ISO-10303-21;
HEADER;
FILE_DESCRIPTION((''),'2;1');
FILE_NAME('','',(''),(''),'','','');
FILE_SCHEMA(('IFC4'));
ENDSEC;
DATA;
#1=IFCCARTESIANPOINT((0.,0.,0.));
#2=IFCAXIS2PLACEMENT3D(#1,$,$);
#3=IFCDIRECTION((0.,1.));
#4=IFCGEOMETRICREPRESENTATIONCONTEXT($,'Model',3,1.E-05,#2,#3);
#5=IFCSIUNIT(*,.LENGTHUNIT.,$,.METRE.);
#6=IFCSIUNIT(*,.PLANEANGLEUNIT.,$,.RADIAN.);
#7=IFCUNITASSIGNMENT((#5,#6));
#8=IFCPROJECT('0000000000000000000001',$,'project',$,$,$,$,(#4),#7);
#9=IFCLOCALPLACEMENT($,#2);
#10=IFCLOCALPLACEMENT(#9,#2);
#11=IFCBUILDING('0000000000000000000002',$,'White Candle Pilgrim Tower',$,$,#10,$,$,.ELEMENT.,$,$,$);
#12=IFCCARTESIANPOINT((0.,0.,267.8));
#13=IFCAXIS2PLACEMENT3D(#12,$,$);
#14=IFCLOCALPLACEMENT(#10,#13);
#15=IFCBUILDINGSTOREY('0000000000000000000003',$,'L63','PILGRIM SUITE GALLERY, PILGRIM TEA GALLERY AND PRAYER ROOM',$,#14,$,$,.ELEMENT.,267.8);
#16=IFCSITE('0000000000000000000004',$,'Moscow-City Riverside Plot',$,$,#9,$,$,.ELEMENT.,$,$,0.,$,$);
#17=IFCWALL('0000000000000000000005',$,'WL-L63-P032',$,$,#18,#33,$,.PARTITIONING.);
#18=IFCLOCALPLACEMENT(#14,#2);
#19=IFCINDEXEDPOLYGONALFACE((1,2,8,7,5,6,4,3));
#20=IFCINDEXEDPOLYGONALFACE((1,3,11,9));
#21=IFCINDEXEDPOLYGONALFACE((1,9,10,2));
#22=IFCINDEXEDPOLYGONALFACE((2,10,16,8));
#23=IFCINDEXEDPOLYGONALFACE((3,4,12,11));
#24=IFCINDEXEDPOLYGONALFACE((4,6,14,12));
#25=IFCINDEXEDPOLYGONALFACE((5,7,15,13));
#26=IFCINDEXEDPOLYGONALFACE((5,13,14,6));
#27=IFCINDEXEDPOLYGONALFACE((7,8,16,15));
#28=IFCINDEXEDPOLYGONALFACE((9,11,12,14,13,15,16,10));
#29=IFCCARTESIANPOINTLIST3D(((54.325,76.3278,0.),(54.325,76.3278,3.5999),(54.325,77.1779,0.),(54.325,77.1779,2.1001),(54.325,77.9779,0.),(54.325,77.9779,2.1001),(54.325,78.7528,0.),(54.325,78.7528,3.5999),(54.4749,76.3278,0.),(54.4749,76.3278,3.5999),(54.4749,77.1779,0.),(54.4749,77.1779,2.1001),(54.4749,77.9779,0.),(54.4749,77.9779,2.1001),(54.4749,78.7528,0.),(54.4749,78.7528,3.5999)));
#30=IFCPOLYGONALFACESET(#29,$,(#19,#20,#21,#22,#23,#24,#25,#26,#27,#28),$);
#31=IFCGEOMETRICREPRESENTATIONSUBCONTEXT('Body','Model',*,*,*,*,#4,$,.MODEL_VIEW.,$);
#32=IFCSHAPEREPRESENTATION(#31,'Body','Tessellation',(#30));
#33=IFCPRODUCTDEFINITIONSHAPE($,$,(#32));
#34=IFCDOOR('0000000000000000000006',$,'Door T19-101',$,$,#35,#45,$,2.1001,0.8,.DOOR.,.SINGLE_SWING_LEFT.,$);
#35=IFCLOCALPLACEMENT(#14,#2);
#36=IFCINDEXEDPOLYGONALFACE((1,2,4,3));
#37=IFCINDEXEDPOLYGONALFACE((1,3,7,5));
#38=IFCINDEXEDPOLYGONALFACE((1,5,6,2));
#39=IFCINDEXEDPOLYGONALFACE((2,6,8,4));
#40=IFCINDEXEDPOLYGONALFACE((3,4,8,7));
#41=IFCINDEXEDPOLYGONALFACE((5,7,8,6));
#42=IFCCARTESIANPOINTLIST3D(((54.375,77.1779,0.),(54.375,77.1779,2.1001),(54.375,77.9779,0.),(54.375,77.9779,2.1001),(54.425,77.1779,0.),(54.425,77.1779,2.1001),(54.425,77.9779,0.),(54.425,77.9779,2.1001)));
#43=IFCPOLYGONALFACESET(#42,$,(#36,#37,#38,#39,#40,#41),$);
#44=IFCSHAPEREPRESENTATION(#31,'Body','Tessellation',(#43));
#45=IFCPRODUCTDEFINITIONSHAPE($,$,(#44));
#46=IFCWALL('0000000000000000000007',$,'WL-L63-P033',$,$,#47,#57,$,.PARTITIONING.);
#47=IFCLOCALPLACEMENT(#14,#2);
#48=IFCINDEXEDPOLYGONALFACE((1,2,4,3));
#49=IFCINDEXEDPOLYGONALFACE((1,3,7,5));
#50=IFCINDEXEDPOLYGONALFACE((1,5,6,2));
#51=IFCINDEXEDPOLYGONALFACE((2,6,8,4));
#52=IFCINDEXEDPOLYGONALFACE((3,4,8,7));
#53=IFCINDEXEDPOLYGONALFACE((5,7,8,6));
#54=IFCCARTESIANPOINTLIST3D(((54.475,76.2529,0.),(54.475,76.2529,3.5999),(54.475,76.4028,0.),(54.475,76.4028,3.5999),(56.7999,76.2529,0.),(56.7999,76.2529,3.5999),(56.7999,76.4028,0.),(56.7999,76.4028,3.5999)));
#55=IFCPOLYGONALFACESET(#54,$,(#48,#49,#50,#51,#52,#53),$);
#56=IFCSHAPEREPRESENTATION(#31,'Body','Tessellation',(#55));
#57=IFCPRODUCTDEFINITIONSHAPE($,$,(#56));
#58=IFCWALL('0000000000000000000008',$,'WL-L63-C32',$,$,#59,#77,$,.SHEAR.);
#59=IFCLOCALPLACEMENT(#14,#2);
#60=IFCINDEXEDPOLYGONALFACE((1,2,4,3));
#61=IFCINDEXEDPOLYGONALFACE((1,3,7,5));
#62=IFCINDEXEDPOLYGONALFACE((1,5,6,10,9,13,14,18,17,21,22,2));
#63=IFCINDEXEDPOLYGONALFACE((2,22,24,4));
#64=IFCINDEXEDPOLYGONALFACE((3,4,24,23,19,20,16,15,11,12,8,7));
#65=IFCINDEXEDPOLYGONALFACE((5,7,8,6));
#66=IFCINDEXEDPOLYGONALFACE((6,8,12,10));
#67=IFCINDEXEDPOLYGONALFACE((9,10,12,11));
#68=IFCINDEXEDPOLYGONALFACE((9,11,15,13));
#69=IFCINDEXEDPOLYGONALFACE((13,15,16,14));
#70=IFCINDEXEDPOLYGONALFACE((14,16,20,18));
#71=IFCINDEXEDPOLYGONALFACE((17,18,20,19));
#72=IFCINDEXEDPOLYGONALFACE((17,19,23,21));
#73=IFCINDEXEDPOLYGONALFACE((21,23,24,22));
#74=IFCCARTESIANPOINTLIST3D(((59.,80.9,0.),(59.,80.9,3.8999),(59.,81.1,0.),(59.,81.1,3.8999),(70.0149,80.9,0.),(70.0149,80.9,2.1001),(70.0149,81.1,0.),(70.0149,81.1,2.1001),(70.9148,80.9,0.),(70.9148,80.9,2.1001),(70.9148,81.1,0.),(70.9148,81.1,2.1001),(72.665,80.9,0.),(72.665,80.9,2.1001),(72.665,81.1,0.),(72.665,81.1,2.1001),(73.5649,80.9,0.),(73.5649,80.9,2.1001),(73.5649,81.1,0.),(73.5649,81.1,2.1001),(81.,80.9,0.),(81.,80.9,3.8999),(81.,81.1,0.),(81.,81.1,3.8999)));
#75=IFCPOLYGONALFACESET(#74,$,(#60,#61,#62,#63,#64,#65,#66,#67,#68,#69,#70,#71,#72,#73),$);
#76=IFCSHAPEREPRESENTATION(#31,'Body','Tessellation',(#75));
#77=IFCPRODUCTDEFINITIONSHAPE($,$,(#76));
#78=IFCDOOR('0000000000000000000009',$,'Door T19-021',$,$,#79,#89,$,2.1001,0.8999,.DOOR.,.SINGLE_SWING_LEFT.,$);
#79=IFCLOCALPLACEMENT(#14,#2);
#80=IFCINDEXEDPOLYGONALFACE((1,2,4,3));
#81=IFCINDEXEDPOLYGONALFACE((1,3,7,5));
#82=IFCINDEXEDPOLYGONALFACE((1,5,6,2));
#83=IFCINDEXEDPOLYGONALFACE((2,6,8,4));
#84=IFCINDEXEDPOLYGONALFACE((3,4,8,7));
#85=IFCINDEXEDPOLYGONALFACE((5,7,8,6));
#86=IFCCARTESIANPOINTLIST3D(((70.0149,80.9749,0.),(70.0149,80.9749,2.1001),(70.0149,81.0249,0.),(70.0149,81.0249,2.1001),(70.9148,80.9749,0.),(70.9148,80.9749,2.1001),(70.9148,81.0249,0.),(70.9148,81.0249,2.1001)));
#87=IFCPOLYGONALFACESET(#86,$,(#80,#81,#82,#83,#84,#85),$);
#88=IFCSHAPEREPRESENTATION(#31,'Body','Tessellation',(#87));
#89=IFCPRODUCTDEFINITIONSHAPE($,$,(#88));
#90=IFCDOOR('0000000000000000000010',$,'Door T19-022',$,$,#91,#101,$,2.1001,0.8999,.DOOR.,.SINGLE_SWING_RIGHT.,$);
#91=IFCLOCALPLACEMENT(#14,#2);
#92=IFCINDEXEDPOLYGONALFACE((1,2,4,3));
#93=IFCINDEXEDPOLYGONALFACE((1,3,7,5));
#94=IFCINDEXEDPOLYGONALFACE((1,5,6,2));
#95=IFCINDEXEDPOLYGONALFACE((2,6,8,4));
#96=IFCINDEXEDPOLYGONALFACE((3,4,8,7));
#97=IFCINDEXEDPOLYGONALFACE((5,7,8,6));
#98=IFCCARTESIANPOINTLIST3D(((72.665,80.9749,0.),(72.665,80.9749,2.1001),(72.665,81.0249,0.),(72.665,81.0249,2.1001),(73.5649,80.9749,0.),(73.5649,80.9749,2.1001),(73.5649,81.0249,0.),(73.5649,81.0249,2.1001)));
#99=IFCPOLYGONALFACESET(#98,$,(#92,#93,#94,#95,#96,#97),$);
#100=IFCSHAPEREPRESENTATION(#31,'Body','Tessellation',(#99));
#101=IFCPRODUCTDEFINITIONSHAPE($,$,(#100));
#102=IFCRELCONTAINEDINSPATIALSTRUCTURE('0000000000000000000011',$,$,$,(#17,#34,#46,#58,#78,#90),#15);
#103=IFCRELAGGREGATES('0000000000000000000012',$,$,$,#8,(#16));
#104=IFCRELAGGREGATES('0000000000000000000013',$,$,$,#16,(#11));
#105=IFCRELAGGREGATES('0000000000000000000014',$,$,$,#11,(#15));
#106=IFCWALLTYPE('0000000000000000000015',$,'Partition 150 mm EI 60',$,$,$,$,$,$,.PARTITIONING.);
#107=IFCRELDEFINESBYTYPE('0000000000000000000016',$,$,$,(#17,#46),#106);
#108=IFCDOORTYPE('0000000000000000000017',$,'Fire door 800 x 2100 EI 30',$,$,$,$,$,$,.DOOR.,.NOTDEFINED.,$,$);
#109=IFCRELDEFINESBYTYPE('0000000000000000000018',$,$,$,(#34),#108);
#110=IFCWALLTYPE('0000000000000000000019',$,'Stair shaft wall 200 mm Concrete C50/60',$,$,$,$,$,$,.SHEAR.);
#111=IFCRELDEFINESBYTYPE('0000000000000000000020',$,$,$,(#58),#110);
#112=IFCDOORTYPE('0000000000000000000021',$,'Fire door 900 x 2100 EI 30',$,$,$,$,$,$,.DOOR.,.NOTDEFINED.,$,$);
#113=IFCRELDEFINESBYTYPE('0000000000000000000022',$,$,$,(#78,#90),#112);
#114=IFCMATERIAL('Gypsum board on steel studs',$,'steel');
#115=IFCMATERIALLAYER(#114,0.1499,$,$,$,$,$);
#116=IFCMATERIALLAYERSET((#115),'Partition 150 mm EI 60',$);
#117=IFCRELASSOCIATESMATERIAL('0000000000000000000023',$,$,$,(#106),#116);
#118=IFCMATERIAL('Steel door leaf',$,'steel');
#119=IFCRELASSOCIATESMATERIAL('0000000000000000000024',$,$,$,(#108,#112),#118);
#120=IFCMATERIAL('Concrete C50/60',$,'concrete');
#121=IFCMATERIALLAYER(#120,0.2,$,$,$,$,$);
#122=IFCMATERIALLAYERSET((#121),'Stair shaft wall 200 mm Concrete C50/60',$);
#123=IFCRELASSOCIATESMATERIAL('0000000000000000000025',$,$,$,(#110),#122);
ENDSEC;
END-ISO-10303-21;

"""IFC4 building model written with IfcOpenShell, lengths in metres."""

from ifc_helpers import new_model, si_unit, direction, frame, frame_2d, origin, place, context, subcontext, project, spatial, rectangle, extrude, material, layer, layer_set, type_object, element, fill, save


model = new_model("IFC4")

# Units and contexts
model_context = context("Model", 3, precision=1e-05, world=origin(), true_north=direction((0.0, 1.0)))
body_context = subcontext(model_context, "Body", "Model", "MODEL_VIEW")
ifc_project = project(units=[si_unit("LENGTHUNIT", "METRE"), si_unit("PLANEANGLEUNIT", "RADIAN")], contexts=[model_context])

# Site, building, storey
site_placement = place(None, origin())
site = spatial("IfcSite", under=ifc_project, at=site_placement, Name="Moscow-City Riverside Plot", CompositionType="ELEMENT", RefElevation=0.0)
building_placement = place(site_placement, origin())
building = spatial("IfcBuilding", under=site, at=building_placement, Name="White Candle Pilgrim Tower", CompositionType="ELEMENT")
storey_placement = place(building_placement, frame((0.0, 0.0, 267.8)))
storey = spatial("IfcBuildingStorey", under=building, at=storey_placement, Name="L63", Description="PILGRIM SUITE GALLERY, PILGRIM TEA GALLERY AND PRAYER ROOM", CompositionType="ELEMENT", Elevation=267.8)

# Shared definitions
ifc_material_1 = material(Name="Concrete C50/60", Category="concrete")

# Shared definitions
ifc_material_2 = material(Name="Gypsum board on steel studs", Category="steel")
ifc_layer_1 = layer(ifc_material_2, 0.1499)
ifc_layer_set_1 = layer_set([ifc_layer_1], Name="Partition 150 mm EI 60")
wall_type_1 = type_object("IfcWallType", Name="Partition 150 mm EI 60", PredefinedType="PARTITIONING", material=ifc_layer_set_1)

# Wall, opening, door
wall_1_placement = place(storey_placement, frame((54.3999, 76.3279, 0.0), z_axis=(0.0, 0.0, 1.0), x_axis=(0.0, 1.0, 0.0)))
wall_1 = element("IfcWall", 1, at=wall_1_placement, inside=storey, type_object=wall_type_1, Name="WL-L63-P032", PredefinedType="PARTITIONING", context=body_context, shape_type="SweptSolid", body=[
    extrude(rectangle(XDim=2.425, YDim=0.1499, at=frame_2d((1.2124, 0.0))), origin(), (0.0, 0.0, 1.0), 3.5999),
])
opening_1_placement = place(wall_1_placement, frame((0.8501, 0.0, 0.0)))
opening_1 = element("IfcOpeningElement", 2, at=opening_1_placement, cuts=wall_1, PredefinedType="OPENING", context=body_context, shape_type="SweptSolid", body=[
    extrude(rectangle(XDim=0.8, YDim=2.1001, at=frame_2d((0.3999, 1.05))), frame((0.0, 0.085, 0.0), z_axis=(0.0, -1.0, 0.0), x_axis=(1.0, 0.0, 0.0)), (0.0, 0.0, 1.0), 0.1699),
])
ifc_material_3 = material(Name="Steel door leaf", Category="steel")
door_type_1 = type_object("IfcDoorType", Name="Fire door 800 x 2100 EI 30", OperationType="NOTDEFINED", PredefinedType="DOOR", material=ifc_material_3)
door_1_placement = place(opening_1_placement, origin())
door_1 = element("IfcDoor", 3, at=door_1_placement, inside=storey, type_object=door_type_1, Name="Door T19-101", OperationType="SINGLE_SWING_LEFT", OverallHeight=2.1001, OverallWidth=0.8, PredefinedType="DOOR", context=body_context, shape_type="SweptSolid", body=[
    extrude(rectangle(XDim=0.8, YDim=2.1001, at=frame_2d((0.3999, 1.05))), frame((0.0, 0.0249, 0.0), z_axis=(0.0, -1.0, 0.0), x_axis=(1.0, 0.0, 0.0)), (0.0, 0.0, 1.0), 0.05),
])
fill(opening_1, door_1)

# Wall
wall_2_placement = place(storey_placement, frame((56.8, 76.3279, 0.0), z_axis=(0.0, 0.0, 1.0), x_axis=(-1.0, 0.0, 0.0)))
element("IfcWall", 4, at=wall_2_placement, inside=storey, type_object=wall_type_1, Name="WL-L63-P033", PredefinedType="PARTITIONING", context=body_context, shape_type="SweptSolid", body=[
    extrude(rectangle(XDim=2.325, YDim=0.1499, at=frame_2d((1.1626, 0.0))), origin(), (0.0, 0.0, 1.0), 3.5999),
])

# Wall, openings, doors
ifc_layer_2 = layer(ifc_material_1, 0.2)
ifc_layer_set_2 = layer_set([ifc_layer_2], Name="Stair shaft wall 200 mm Concrete C50/60")
wall_type_2 = type_object("IfcWallType", Name="Stair shaft wall 200 mm Concrete C50/60", PredefinedType="SHEAR", material=ifc_layer_set_2)
wall_3_placement = place(storey_placement, frame((59.0, 81.0, 0.0), z_axis=(0.0, 0.0, 1.0), x_axis=(1.0, 0.0, 0.0)))
wall_3 = element("IfcWall", 5, at=wall_3_placement, inside=storey, type_object=wall_type_2, Name="WL-L63-C32", PredefinedType="SHEAR", context=body_context, shape_type="SweptSolid", body=[
    extrude(rectangle(XDim=22.0, YDim=0.2, at=frame_2d((11.0, 0.0))), origin(), (0.0, 0.0, 1.0), 3.8999),
])
opening_2_placement = place(wall_3_placement, frame((11.0149, 0.0, 0.0)))
opening_2 = element("IfcOpeningElement", 6, at=opening_2_placement, cuts=wall_3, PredefinedType="OPENING", context=body_context, shape_type="SweptSolid", body=[
    extrude(rectangle(XDim=0.8999, YDim=2.1001, at=frame_2d((0.45, 1.05))), frame((0.0, 0.1099, 0.0), z_axis=(0.0, -1.0, 0.0), x_axis=(1.0, 0.0, 0.0)), (0.0, 0.0, 1.0), 0.22),
])
opening_3_placement = place(wall_3_placement, frame((13.665, 0.0, 0.0)))
opening_3 = element("IfcOpeningElement", 7, at=opening_3_placement, cuts=wall_3, PredefinedType="OPENING", context=body_context, shape_type="SweptSolid", body=[
    extrude(rectangle(XDim=0.8999, YDim=2.1001, at=frame_2d((0.45, 1.05))), frame((0.0, 0.1099, 0.0), z_axis=(0.0, -1.0, 0.0), x_axis=(1.0, 0.0, 0.0)), (0.0, 0.0, 1.0), 0.22),
])
door_type_2 = type_object("IfcDoorType", Name="Fire door 900 x 2100 EI 30", OperationType="NOTDEFINED", PredefinedType="DOOR", material=ifc_material_3)
door_2_placement = place(opening_2_placement, origin())
door_2 = element("IfcDoor", 8, at=door_2_placement, inside=storey, type_object=door_type_2, Name="Door T19-021", OperationType="SINGLE_SWING_LEFT", OverallHeight=2.1001, OverallWidth=0.8999, PredefinedType="DOOR", context=body_context, shape_type="SweptSolid", body=[
    extrude(rectangle(XDim=0.8999, YDim=2.1001, at=frame_2d((0.45, 1.05))), frame((0.0, 0.0249, 0.0), z_axis=(0.0, -1.0, 0.0), x_axis=(1.0, 0.0, 0.0)), (0.0, 0.0, 1.0), 0.05),
])
fill(opening_2, door_2)
door_3_placement = place(opening_3_placement, origin())
door_3 = element("IfcDoor", 9, at=door_3_placement, inside=storey, type_object=door_type_2, Name="Door T19-022", OperationType="SINGLE_SWING_RIGHT", OverallHeight=2.1001, OverallWidth=0.8999, PredefinedType="DOOR", context=body_context, shape_type="SweptSolid", body=[
    extrude(rectangle(XDim=0.8999, YDim=2.1001, at=frame_2d((0.45, 1.05))), frame((0.0, 0.0249, 0.0), z_axis=(0.0, -1.0, 0.0), x_axis=(1.0, 0.0, 0.0)), (0.0, 0.0, 1.0), 0.05),
])
fill(opening_3, door_3)

save(model, "model.ifc")
